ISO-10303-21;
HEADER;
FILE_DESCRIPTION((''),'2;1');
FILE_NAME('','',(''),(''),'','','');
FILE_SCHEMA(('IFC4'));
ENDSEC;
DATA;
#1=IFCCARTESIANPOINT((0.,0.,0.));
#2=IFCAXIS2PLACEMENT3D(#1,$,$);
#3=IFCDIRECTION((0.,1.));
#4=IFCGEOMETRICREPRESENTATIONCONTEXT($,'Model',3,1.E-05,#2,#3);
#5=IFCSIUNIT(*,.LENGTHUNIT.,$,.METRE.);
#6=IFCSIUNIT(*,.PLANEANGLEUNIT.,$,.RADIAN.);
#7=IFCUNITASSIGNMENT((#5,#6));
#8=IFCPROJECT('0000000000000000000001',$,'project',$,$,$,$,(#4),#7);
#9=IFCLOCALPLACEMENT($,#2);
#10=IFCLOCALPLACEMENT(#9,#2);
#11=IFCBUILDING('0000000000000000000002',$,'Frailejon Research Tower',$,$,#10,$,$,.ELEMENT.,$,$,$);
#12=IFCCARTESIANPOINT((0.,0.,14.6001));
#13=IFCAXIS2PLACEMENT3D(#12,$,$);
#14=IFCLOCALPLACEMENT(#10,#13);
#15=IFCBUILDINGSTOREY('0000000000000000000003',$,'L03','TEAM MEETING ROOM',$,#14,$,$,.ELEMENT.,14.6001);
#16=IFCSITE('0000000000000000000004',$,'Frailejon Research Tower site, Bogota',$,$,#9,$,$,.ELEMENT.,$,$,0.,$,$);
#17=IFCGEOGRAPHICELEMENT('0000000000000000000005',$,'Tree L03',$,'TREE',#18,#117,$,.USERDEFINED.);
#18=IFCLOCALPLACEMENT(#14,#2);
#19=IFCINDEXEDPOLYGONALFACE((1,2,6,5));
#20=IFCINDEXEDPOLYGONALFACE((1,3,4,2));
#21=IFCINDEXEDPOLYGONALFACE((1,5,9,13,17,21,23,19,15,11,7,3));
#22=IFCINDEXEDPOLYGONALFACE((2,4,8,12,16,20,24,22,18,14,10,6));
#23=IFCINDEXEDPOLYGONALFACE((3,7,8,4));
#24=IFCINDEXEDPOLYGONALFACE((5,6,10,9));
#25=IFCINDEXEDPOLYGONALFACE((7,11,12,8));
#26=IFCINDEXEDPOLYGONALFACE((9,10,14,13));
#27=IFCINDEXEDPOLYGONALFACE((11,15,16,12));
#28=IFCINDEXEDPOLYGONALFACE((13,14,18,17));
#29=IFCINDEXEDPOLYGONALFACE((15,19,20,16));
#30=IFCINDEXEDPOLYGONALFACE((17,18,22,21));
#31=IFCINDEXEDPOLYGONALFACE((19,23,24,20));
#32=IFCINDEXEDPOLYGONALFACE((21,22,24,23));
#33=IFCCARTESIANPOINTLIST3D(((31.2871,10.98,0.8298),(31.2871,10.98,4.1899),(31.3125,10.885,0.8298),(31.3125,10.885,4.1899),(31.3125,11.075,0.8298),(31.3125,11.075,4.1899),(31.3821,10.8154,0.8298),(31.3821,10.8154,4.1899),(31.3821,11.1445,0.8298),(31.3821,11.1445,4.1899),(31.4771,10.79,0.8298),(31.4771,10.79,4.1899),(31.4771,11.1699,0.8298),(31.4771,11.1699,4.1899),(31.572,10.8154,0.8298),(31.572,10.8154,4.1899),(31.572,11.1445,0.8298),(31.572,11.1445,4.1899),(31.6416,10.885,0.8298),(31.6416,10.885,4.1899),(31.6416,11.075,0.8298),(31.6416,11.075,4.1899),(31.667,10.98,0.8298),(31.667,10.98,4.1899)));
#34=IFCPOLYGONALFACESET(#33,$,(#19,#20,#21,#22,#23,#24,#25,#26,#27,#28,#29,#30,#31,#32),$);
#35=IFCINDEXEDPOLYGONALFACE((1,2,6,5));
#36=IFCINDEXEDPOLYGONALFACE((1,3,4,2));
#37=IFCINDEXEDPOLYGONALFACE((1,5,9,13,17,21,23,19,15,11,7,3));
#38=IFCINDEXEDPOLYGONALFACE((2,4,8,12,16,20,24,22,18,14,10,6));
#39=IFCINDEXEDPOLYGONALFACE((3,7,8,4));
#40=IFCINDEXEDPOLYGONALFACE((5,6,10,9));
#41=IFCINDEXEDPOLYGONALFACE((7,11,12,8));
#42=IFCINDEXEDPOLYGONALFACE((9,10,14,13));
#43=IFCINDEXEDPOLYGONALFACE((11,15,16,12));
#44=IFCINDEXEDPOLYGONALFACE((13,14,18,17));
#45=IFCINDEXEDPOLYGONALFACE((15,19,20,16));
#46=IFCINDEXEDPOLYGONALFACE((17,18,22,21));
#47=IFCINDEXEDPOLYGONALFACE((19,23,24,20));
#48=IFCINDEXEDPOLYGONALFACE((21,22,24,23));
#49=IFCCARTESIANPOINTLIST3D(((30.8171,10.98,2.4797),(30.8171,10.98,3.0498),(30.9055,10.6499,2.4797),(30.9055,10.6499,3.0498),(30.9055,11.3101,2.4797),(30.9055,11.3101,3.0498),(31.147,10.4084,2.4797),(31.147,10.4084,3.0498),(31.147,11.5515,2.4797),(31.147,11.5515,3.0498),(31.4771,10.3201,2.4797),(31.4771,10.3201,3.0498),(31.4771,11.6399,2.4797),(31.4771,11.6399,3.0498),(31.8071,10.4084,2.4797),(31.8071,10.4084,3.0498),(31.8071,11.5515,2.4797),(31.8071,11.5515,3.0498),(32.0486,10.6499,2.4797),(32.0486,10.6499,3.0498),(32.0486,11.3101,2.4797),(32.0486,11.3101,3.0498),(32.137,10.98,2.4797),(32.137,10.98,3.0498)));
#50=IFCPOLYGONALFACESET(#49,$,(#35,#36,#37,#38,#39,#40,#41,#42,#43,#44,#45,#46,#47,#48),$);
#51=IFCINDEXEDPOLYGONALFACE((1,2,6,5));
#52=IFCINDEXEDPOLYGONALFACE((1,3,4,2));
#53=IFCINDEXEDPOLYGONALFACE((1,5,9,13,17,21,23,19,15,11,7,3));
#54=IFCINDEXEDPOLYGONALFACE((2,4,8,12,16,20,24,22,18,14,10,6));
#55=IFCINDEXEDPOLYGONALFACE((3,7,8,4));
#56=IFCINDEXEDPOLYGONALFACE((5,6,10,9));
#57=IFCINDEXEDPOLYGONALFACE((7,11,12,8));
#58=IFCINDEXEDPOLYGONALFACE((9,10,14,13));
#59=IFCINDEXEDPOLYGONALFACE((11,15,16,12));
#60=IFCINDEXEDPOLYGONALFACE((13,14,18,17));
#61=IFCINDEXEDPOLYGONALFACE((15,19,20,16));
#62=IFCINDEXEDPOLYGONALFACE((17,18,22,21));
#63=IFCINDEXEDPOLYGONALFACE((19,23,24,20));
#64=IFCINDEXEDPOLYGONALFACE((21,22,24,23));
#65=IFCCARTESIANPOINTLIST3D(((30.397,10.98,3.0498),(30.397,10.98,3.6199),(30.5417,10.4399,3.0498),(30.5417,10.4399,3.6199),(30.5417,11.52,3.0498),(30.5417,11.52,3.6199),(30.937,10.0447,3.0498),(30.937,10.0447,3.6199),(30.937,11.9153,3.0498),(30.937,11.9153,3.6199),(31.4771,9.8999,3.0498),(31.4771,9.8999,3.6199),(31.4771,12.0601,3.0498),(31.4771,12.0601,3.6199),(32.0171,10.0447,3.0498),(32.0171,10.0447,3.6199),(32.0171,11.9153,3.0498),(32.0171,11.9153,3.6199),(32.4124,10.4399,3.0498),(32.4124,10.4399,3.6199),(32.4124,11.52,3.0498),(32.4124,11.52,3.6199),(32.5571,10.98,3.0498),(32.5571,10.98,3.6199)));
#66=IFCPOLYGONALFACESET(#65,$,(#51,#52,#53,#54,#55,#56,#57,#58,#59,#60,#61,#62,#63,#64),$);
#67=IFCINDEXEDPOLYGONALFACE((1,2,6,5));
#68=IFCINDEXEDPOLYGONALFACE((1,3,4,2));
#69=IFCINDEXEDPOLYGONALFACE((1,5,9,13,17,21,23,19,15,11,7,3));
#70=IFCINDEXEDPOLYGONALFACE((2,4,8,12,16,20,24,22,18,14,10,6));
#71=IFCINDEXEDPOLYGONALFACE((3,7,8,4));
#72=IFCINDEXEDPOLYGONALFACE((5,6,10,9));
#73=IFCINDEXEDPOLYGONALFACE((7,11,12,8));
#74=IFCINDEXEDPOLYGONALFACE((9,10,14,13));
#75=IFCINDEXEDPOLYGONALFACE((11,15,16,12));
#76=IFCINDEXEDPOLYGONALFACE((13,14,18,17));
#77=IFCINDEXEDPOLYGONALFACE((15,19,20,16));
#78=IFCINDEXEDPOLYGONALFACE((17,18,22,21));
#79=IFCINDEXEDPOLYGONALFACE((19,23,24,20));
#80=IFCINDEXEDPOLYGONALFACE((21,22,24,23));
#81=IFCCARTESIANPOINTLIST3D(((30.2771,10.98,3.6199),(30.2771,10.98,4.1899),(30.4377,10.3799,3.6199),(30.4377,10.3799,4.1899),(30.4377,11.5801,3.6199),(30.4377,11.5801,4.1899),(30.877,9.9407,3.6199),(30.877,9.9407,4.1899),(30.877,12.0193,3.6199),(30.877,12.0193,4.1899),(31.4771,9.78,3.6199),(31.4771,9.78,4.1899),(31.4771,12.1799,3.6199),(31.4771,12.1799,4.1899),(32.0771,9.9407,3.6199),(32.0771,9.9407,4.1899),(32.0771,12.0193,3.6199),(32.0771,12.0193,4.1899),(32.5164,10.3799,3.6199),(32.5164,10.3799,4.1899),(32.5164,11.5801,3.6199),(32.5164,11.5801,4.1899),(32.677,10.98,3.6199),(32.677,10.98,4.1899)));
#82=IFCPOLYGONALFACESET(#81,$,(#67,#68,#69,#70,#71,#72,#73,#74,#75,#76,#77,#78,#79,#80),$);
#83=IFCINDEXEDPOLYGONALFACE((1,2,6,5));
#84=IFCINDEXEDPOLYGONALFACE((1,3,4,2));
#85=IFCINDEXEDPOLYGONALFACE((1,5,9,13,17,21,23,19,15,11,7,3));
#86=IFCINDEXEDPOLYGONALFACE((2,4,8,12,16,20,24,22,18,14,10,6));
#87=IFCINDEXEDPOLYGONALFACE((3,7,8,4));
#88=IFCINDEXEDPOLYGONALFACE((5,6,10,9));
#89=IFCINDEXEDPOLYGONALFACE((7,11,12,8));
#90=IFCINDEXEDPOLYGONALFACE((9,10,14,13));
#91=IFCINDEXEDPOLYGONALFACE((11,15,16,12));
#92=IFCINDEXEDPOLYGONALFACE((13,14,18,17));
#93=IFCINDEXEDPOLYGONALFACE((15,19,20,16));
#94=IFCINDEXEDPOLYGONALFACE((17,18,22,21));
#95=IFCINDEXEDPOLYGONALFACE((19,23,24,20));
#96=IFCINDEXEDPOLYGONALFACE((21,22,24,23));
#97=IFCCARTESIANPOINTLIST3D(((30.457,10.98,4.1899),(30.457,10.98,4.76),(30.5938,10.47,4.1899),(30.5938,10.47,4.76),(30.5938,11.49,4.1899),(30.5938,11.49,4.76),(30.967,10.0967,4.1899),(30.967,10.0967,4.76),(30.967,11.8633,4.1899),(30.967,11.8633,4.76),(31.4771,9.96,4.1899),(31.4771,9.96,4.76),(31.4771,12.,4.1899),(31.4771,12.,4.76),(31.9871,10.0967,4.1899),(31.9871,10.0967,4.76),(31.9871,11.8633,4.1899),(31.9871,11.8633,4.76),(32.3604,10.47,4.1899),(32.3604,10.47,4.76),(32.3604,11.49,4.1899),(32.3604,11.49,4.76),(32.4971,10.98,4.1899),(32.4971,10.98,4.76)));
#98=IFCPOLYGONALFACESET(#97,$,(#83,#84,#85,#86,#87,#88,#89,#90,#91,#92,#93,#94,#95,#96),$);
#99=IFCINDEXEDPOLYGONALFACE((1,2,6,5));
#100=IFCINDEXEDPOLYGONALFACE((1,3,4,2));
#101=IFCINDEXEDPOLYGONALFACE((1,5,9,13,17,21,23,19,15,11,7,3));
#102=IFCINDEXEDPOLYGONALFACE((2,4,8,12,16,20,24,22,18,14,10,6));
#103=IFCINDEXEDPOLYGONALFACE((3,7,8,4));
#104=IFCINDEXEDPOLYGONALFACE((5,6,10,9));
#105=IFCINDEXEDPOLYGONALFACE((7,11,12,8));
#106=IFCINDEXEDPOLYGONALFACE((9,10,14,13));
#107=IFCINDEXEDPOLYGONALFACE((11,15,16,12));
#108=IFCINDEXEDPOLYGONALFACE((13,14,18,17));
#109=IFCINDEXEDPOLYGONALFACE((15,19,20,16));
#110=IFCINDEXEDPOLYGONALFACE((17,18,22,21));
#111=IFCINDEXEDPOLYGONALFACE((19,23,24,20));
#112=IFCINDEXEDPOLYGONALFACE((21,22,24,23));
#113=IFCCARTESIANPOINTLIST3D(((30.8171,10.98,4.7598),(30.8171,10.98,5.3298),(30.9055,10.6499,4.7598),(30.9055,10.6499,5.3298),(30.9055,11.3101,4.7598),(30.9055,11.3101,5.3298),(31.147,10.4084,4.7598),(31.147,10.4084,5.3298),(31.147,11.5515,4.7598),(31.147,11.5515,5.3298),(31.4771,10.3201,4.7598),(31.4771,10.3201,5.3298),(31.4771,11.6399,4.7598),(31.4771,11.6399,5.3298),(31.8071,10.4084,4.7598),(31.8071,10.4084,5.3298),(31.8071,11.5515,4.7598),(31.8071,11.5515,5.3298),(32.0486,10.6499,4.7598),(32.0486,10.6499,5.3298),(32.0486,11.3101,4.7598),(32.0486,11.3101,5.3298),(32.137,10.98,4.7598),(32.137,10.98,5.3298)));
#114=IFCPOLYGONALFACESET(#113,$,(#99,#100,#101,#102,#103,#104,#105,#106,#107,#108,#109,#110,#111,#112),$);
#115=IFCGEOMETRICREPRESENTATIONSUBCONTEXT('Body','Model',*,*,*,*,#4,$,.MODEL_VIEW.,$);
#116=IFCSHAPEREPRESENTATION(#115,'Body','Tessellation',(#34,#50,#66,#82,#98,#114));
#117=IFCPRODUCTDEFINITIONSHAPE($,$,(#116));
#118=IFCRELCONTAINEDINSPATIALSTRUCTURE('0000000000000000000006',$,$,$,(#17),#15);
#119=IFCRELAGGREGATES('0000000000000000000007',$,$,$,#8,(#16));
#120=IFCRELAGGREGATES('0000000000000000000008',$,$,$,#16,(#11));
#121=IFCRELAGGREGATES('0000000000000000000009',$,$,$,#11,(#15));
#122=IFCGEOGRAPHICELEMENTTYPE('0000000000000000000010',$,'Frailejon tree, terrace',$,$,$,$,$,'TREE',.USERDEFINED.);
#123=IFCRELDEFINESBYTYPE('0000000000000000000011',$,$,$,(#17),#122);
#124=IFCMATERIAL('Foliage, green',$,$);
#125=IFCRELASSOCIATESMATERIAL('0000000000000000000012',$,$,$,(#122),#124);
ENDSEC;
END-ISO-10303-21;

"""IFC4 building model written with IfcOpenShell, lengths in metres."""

from ifc_helpers import new_model, si_unit, direction, frame, origin, place, context, subcontext, project, spatial, polyline, outline, extrude, material, type_object, element, save


model = new_model("IFC4")

# Units and contexts
model_context = context("Model", 3, precision=1e-05, world=origin(), true_north=direction((0.0, 1.0)))
body_context = subcontext(model_context, "Body", "Model", "MODEL_VIEW")
ifc_project = project(units=[si_unit("LENGTHUNIT", "METRE"), si_unit("PLANEANGLEUNIT", "RADIAN")], contexts=[model_context])

# Site, building, storey
site_placement = place(None, origin())
site = spatial("IfcSite", under=ifc_project, at=site_placement, Name="Frailejon Research Tower site, Bogota", CompositionType="ELEMENT", RefElevation=0.0)
building_placement = place(site_placement, origin())
building = spatial("IfcBuilding", under=site, at=building_placement, Name="Frailejon Research Tower", CompositionType="ELEMENT")
storey_placement = place(building_placement, frame((0.0, 0.0, 14.6001)))
storey = spatial("IfcBuildingStorey", under=building, at=storey_placement, Name="L03", Description="TEAM MEETING ROOM", CompositionType="ELEMENT", Elevation=14.6001)

# Geographic element
ifc_material_1 = material(Name="Foliage, green")
geographic_element_type = type_object("IfcGeographicElementType", Name="Frailejon tree, terrace", ElementType="TREE", PredefinedType="USERDEFINED", material=ifc_material_1)
geographic_element_1_placement = place(storey_placement, frame((31.4771, 10.98, 0.8298)))
element("IfcGeographicElement", 1, at=geographic_element_1_placement, inside=storey, type_object=geographic_element_type, Name="Tree L03", ObjectType="TREE", PredefinedType="USERDEFINED", context=body_context, shape_type="SweptSolid", body=[
    extrude(outline(polyline([(0.1899, 0.0), (0.1646, 0.095), (0.095, 0.1646), (0.0, 0.1899), (-0.095, 0.1646), (-0.1646, 0.095), (-0.1899, 0.0), (-0.1646, -0.095), (-0.095, -0.1646), (0.0, -0.1899), (0.095, -0.1646), (0.1646, -0.095), (0.1899, 0.0)])), origin(), (0.0, 0.0, 1.0), 3.3601),
    extrude(outline(polyline([(0.6599, 0.0), (0.5715, 0.3301), (0.3301, 0.5715), (0.0, 0.6599), (-0.3301, 0.5715), (-0.5715, 0.3301), (-0.6599, 0.0), (-0.5715, -0.3301), (-0.3301, -0.5715), (0.0, -0.6599), (0.3301, -0.5715), (0.5715, -0.3301), (0.6599, 0.0)])), frame((0.0, 0.0, 1.6499)), (0.0, 0.0, 1.0), 0.5701),
    extrude(outline(polyline([(1.0801, 0.0), (0.9353, 0.54), (0.54, 0.9353), (0.0, 1.0801), (-0.54, 0.9353), (-0.9353, 0.54), (-1.0801, 0.0), (-0.9353, -0.54), (-0.54, -0.9353), (0.0, -1.0801), (0.54, -0.9353), (0.9353, -0.54), (1.0801, 0.0)])), frame((0.0, 0.0, 2.22)), (0.0, 0.0, 1.0), 0.5701),
    extrude(outline(polyline([(1.2, 0.0), (1.0393, 0.6001), (0.6001, 1.0393), (0.0, 1.2), (-0.6001, 1.0393), (-1.0393, 0.6001), (-1.2, 0.0), (-1.0393, -0.6001), (-0.6001, -1.0393), (0.0, -1.2), (0.6001, -1.0393), (1.0393, -0.6001), (1.2, 0.0)])), frame((0.0, 0.0, 2.79)), (0.0, 0.0, 1.0), 0.5701),
    extrude(outline(polyline([(1.02, 0.0), (0.8833, 0.51), (0.51, 0.8833), (0.0, 1.02), (-0.51, 0.8833), (-0.8833, 0.51), (-1.02, 0.0), (-0.8833, -0.51), (-0.51, -0.8833), (0.0, -1.02), (0.51, -0.8833), (0.8833, -0.51), (1.02, 0.0)])), frame((0.0, 0.0, 3.3601)), (0.0, 0.0, 1.0), 0.5701),
    extrude(outline(polyline([(0.6599, 0.0), (0.5715, 0.3301), (0.3301, 0.5715), (0.0, 0.6599), (-0.3301, 0.5715), (-0.5715, 0.3301), (-0.6599, 0.0), (-0.5715, -0.3301), (-0.3301, -0.5715), (0.0, -0.6599), (0.3301, -0.5715), (0.5715, -0.3301), (0.6599, 0.0)])), frame((0.0, 0.0, 3.9299)), (0.0, 0.0, 1.0), 0.5701),
])

save(model, "model.ifc")
